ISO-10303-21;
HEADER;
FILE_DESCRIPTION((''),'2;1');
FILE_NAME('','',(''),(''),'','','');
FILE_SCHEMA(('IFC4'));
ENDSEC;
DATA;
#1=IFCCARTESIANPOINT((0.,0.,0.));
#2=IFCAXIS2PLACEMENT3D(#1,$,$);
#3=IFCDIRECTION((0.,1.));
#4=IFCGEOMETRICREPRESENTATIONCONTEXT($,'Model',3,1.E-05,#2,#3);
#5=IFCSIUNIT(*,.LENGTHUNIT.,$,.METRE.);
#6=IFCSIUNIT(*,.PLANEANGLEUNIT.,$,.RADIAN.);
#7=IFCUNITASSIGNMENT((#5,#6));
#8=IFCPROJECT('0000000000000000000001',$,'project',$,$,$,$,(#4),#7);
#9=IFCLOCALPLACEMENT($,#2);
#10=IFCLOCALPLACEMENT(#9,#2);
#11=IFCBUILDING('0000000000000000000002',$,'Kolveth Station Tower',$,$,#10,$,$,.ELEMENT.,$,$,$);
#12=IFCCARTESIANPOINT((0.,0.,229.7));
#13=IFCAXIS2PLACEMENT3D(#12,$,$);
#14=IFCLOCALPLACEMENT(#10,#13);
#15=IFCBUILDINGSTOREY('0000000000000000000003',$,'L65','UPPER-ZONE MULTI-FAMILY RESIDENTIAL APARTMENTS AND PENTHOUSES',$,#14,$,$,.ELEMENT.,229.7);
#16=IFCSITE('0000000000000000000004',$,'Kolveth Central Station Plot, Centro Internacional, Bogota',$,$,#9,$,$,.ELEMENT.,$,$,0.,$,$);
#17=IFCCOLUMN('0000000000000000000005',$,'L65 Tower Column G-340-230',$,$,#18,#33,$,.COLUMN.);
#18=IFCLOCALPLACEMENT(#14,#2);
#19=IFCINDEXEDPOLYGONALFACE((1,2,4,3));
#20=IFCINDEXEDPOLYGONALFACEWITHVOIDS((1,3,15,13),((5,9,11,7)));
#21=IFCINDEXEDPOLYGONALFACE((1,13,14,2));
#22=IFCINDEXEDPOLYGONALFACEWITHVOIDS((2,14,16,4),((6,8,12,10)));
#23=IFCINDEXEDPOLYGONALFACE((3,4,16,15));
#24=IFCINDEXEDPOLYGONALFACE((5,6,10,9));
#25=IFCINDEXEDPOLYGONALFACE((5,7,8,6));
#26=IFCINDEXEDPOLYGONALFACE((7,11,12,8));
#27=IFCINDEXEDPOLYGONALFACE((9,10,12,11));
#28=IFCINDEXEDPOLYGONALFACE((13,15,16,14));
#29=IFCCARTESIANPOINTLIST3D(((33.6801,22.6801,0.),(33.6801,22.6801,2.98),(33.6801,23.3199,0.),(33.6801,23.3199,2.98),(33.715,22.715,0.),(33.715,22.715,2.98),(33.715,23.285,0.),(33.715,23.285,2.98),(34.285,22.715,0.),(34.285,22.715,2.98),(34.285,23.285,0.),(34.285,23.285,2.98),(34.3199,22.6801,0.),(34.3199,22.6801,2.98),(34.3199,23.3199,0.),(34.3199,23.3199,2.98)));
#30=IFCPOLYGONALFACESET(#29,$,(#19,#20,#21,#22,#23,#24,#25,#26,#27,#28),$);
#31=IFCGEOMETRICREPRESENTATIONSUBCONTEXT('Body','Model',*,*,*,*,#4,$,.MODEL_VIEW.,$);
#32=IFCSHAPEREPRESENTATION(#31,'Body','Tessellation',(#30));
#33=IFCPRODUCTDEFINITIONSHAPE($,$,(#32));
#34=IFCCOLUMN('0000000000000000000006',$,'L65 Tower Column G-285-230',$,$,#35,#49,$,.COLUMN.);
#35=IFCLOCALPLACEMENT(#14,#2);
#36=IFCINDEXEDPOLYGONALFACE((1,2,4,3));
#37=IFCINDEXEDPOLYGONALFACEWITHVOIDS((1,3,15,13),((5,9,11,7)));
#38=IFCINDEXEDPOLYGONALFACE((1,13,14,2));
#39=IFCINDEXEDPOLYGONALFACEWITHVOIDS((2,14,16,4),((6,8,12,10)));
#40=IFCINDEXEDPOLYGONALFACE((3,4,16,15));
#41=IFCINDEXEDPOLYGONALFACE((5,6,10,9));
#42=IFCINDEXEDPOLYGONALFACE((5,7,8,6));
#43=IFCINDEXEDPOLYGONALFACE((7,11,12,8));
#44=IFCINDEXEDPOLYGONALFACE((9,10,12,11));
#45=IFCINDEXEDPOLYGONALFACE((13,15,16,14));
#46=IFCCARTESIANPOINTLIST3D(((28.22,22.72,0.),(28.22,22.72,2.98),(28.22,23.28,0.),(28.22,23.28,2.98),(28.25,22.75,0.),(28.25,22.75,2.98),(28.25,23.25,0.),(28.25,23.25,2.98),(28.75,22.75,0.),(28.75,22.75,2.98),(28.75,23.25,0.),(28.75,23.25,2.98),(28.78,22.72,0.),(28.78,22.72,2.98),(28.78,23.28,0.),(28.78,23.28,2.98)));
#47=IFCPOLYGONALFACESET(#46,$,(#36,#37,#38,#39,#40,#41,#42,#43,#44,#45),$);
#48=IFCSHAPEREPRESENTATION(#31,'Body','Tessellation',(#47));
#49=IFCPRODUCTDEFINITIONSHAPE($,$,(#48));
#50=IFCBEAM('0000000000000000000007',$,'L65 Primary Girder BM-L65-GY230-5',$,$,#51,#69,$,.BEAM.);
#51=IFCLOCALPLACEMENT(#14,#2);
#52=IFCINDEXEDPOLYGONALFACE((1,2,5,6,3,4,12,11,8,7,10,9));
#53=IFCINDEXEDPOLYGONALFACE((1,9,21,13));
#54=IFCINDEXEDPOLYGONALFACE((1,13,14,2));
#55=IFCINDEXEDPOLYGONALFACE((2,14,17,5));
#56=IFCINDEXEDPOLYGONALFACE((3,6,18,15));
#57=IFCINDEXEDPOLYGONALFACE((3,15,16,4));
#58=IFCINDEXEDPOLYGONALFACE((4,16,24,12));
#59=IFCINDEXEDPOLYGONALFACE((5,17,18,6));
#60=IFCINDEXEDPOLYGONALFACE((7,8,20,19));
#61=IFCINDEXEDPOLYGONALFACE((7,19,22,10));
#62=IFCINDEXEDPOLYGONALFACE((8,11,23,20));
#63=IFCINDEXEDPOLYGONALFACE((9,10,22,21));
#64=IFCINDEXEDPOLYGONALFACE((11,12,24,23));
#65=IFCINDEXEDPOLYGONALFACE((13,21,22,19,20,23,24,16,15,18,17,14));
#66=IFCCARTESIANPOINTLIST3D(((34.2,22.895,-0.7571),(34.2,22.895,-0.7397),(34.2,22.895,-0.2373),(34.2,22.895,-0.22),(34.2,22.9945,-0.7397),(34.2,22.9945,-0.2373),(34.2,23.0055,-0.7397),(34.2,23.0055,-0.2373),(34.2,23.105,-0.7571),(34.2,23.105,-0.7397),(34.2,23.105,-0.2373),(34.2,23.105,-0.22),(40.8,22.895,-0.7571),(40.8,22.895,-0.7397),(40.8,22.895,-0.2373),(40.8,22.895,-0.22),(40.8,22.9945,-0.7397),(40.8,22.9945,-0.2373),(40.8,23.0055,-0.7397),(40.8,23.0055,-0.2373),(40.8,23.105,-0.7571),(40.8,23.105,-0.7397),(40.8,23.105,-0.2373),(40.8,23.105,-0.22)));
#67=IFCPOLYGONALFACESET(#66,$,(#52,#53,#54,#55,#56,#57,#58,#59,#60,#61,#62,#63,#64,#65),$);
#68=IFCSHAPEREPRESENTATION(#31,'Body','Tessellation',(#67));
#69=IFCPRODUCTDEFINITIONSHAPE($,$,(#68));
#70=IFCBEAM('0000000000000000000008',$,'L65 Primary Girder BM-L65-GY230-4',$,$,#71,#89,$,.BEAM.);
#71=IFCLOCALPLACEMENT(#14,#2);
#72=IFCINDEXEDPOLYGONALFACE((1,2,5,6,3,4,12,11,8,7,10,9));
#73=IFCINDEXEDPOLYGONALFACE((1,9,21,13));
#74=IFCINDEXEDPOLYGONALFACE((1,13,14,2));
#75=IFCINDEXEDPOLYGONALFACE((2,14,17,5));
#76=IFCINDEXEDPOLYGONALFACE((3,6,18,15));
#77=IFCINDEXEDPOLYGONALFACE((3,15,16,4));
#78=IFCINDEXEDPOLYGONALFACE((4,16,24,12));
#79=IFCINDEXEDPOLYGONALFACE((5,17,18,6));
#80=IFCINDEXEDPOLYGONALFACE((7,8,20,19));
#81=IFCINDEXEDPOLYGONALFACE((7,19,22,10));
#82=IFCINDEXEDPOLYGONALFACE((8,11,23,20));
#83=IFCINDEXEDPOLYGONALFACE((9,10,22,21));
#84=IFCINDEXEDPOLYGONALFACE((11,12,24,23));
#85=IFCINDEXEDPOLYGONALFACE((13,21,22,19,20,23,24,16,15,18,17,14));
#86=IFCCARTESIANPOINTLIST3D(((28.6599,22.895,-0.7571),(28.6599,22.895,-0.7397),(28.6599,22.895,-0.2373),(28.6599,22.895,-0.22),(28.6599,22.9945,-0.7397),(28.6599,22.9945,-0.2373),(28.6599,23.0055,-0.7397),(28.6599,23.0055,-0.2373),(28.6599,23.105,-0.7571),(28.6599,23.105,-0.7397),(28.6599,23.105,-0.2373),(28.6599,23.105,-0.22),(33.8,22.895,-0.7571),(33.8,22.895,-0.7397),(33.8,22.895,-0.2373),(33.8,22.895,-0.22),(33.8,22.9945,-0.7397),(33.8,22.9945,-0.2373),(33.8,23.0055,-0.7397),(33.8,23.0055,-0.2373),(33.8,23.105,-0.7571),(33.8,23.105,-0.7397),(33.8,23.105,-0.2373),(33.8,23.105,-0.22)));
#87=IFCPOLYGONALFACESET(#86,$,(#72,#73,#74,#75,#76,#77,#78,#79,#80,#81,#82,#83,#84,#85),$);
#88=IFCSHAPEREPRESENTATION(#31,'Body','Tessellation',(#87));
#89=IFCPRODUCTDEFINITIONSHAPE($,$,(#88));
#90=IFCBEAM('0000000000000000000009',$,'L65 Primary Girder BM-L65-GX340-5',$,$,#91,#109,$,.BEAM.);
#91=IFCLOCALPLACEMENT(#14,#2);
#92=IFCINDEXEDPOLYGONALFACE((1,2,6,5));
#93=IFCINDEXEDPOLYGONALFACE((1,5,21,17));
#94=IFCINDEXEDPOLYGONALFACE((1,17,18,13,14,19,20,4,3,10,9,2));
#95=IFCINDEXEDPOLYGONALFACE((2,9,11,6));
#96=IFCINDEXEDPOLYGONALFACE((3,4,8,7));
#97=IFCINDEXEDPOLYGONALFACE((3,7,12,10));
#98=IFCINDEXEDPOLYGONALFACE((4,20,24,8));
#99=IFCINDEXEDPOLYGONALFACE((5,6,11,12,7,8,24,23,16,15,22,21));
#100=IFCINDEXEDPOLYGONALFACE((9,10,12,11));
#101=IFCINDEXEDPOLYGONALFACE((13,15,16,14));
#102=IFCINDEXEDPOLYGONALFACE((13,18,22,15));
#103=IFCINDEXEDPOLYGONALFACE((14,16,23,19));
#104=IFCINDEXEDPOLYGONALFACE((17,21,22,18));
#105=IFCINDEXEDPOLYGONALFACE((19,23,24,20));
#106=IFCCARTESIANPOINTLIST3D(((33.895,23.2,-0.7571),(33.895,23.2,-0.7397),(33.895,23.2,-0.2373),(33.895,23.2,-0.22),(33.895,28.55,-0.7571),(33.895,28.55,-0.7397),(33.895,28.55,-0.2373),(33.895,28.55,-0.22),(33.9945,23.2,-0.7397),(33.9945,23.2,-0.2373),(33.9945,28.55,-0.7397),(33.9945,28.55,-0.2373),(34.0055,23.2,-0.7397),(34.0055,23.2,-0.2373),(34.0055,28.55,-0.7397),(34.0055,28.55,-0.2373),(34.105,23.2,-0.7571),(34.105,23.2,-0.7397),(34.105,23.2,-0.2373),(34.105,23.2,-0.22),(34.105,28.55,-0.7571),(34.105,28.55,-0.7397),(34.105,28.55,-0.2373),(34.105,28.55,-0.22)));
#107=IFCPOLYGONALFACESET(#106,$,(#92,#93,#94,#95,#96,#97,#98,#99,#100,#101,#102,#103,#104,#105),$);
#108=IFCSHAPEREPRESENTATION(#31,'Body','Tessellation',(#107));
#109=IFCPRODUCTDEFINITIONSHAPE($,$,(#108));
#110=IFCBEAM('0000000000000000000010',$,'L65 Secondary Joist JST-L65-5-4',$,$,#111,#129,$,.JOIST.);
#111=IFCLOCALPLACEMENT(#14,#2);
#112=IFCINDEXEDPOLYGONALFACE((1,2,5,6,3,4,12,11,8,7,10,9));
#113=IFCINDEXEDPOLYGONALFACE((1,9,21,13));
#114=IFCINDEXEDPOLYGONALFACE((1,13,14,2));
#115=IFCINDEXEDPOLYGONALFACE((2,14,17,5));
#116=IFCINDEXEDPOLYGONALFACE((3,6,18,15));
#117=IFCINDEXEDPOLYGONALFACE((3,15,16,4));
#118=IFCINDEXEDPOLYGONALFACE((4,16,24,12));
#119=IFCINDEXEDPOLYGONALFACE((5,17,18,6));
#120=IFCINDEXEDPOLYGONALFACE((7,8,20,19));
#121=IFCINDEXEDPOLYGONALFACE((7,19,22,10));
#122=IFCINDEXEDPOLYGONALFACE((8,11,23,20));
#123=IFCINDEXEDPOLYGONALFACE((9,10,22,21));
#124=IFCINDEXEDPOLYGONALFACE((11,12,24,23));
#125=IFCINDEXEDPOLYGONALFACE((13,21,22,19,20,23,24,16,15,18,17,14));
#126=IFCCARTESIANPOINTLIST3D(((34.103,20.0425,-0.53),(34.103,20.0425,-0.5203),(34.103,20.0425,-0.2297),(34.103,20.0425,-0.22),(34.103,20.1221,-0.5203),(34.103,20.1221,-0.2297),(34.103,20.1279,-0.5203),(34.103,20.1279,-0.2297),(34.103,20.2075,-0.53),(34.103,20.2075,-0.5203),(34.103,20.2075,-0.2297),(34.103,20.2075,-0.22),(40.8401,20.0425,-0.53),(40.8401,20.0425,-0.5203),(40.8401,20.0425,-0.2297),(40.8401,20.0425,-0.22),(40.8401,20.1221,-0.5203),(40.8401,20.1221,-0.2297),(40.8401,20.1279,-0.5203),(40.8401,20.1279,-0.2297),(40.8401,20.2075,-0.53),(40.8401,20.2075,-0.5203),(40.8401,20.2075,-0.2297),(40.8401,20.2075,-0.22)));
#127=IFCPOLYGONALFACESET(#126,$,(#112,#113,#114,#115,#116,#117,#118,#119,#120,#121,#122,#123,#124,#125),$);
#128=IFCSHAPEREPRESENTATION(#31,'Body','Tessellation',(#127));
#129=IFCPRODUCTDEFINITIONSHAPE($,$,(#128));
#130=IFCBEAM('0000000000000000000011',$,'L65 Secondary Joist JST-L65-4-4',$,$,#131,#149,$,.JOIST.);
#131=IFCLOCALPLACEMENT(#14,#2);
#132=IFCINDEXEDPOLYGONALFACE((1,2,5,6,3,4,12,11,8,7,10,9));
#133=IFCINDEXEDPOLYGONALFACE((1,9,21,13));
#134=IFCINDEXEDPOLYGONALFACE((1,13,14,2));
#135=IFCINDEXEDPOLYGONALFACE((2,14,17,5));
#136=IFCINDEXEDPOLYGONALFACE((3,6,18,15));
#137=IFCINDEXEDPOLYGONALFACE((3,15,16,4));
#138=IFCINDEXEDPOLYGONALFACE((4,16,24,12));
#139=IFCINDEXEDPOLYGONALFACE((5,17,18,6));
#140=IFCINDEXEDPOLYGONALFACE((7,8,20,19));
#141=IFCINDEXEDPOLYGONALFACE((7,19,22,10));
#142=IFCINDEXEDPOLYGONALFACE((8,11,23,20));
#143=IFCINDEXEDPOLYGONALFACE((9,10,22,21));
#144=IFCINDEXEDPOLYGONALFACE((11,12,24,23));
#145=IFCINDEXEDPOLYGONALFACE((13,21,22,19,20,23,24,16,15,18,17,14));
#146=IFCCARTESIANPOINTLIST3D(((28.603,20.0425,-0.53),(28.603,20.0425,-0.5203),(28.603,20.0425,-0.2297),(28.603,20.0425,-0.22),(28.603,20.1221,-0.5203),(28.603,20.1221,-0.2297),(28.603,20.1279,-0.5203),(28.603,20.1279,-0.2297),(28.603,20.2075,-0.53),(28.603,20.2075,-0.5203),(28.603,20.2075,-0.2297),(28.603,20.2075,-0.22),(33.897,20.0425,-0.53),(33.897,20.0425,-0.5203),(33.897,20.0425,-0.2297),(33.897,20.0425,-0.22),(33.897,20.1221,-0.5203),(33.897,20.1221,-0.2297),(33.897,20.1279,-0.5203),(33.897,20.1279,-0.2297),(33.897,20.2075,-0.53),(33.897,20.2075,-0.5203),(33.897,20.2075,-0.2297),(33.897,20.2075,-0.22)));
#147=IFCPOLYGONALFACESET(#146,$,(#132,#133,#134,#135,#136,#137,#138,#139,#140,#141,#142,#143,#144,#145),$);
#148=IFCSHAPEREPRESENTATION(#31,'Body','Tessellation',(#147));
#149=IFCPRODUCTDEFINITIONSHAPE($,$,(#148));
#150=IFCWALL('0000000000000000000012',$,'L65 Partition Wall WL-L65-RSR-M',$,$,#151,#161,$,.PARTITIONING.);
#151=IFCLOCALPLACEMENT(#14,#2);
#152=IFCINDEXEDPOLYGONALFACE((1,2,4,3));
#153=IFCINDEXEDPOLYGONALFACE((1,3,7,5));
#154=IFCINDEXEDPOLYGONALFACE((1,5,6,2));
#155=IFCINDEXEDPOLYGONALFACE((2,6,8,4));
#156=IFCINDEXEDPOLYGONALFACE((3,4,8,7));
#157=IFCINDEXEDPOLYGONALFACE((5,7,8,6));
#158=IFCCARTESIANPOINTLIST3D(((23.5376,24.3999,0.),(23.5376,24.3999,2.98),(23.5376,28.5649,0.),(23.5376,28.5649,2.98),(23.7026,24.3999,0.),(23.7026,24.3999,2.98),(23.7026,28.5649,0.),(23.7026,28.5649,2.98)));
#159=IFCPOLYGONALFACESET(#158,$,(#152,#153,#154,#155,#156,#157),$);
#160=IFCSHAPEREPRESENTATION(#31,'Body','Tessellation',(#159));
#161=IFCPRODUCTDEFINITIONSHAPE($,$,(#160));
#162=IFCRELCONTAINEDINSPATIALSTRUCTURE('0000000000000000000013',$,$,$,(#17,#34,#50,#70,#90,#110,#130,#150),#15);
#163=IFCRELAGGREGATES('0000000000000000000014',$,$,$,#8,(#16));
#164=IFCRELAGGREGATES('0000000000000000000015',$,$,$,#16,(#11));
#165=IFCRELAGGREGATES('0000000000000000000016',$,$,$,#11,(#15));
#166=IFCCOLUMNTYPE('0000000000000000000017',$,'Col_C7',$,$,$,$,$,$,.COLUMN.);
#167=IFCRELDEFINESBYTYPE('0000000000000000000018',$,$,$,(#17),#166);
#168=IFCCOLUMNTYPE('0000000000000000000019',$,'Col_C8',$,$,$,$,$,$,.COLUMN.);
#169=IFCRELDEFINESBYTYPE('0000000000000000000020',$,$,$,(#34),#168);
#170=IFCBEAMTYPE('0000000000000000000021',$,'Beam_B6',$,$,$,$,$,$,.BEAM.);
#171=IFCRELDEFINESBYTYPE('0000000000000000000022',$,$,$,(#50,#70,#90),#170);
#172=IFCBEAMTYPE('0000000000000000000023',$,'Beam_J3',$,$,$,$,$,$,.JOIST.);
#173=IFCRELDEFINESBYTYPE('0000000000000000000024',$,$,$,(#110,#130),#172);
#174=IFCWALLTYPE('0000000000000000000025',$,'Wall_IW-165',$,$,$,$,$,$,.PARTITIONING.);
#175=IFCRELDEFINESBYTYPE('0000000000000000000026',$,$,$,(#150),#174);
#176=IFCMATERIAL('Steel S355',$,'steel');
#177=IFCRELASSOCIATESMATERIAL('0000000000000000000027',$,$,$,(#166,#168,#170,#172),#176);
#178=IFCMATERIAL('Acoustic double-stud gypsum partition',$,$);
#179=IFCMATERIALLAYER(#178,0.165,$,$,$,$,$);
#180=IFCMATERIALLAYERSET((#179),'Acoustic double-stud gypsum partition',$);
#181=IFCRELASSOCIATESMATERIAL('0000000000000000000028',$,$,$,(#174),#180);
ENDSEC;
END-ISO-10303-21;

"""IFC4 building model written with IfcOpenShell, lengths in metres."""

from ifc_helpers import new_model, si_unit, direction, frame, frame_2d, origin, origin_2d, place, context, subcontext, project, spatial, rectangle, hollow_rectangle, i_section, extrude, source, transform, mapped, material, layer, layer_set, material_profile, profile_set, type_object, element, save


model = new_model("IFC4")

# Units and contexts
model_context = context("Model", 3, precision=1e-05, world=origin(), true_north=direction((0.0, 1.0)))
body_context = subcontext(model_context, "Body", "Model", "MODEL_VIEW")
ifc_project = project(units=[si_unit("LENGTHUNIT", "METRE"), si_unit("PLANEANGLEUNIT", "RADIAN")], contexts=[model_context])

# Site, building, storey
site_placement = place(None, origin())
site = spatial("IfcSite", under=ifc_project, at=site_placement, Name="Kolveth Central Station Plot, Centro Internacional, Bogota", CompositionType="ELEMENT", RefElevation=0.0)
building_placement = place(site_placement, origin())
building = spatial("IfcBuilding", under=site, at=building_placement, Name="Kolveth Station Tower", CompositionType="ELEMENT")
storey_placement = place(building_placement, frame((0.0, 0.0, 229.7)))
storey = spatial("IfcBuildingStorey", under=building, at=storey_placement, Name="L65", Description="UPPER-ZONE MULTI-FAMILY RESIDENTIAL APARTMENTS AND PENTHOUSES", CompositionType="ELEMENT", Elevation=229.7)

# Columns
ifc_material_1 = material(Name="Steel S355", Category="steel")
ifc_material_profile_1 = material_profile(ifc_material_1, hollow_rectangle(XDim=0.6399, YDim=0.6399, WallThickness=0.0349, at=origin_2d()), Name="BOX640x640x35")
ifc_profile_set_1 = profile_set([ifc_material_profile_1], Name="Steel S355")
column_type_1 = type_object("IfcColumnType", Name="Col_C7", PredefinedType="COLUMN", material=ifc_profile_set_1)
shared_shape_1 = source(origin(), body_context, "Body", "SweptSolid", [
    extrude(hollow_rectangle(XDim=0.6399, YDim=0.6399, WallThickness=0.0349, at=origin_2d()), origin(), (0.0, 0.0, 1.0), 2.98),
])
column_1_placement = place(storey_placement, frame((34.0, 23.0, 0.0), z_axis=(0.0, 0.0, 1.0), x_axis=(1.0, 0.0, 0.0)))
element("IfcColumn", 1, at=column_1_placement, inside=storey, type_object=column_type_1, Name="L65 Tower Column G-340-230", PredefinedType="COLUMN", context=body_context, shape_type="MappedRepresentation", body=[
    mapped(shared_shape_1, transform((0.0, 0.0, 0.0), x_axis=(1.0, 0.0, 0.0), y_axis=(0.0, 1.0, 0.0), z_axis=(0.0, 0.0, 1.0), scale=1.0)),
])
ifc_material_profile_2 = material_profile(ifc_material_1, hollow_rectangle(XDim=0.5601, YDim=0.5601, WallThickness=0.03, at=origin_2d()), Name="BOX560x560x30")
ifc_profile_set_2 = profile_set([ifc_material_profile_2], Name="Steel S355")
column_type_2 = type_object("IfcColumnType", Name="Col_C8", PredefinedType="COLUMN", material=ifc_profile_set_2)
shared_shape_2 = source(origin(), body_context, "Body", "SweptSolid", [
    extrude(hollow_rectangle(XDim=0.5601, YDim=0.5601, WallThickness=0.03, at=origin_2d()), origin(), (0.0, 0.0, 1.0), 2.98),
])
column_2_placement = place(storey_placement, frame((28.5, 23.0, 0.0), z_axis=(0.0, 0.0, 1.0), x_axis=(1.0, 0.0, 0.0)))
element("IfcColumn", 2, at=column_2_placement, inside=storey, type_object=column_type_2, Name="L65 Tower Column G-285-230", PredefinedType="COLUMN", context=body_context, shape_type="MappedRepresentation", body=[
    mapped(shared_shape_2, transform((0.0, 0.0, 0.0), x_axis=(1.0, 0.0, 0.0), y_axis=(0.0, 1.0, 0.0), z_axis=(0.0, 0.0, 1.0), scale=1.0)),
])

# Beams
ifc_material_profile_3 = material_profile(ifc_material_1, i_section(OverallWidth=0.21, OverallDepth=0.5371, WebThickness=0.011, FlangeThickness=0.0173, at=origin_2d()), Name="W530x101")
ifc_profile_set_3 = profile_set([ifc_material_profile_3], Name="Steel S355")
beam_type_1 = type_object("IfcBeamType", Name="Beam_B6", PredefinedType="BEAM", material=ifc_profile_set_3)
shared_shape_3 = source(origin(), body_context, "Body", "SweptSolid", [
    extrude(i_section(OverallWidth=0.21, OverallDepth=0.5371, WebThickness=0.011, FlangeThickness=0.0173, at=origin_2d()), origin(), (0.0, 0.0, 1.0), 6.6001),
])
beam_1_placement = place(storey_placement, frame((34.2, 23.0, -0.4885), z_axis=(1.0, 0.0, 0.0), x_axis=(0.0, 1.0, 0.0)))
element("IfcBeam", 3, at=beam_1_placement, inside=storey, type_object=beam_type_1, Name="L65 Primary Girder BM-L65-GY230-5", PredefinedType="BEAM", context=body_context, shape_type="MappedRepresentation", body=[
    mapped(shared_shape_3, transform((0.0, 0.0, 0.0), x_axis=(1.0, 0.0, 0.0), y_axis=(0.0, 1.0, 0.0), z_axis=(0.0, 0.0, 1.0), scale=1.0)),
])
shared_shape_4 = source(origin(), body_context, "Body", "SweptSolid", [
    extrude(i_section(OverallWidth=0.21, OverallDepth=0.5371, WebThickness=0.011, FlangeThickness=0.0173, at=origin_2d()), origin(), (0.0, 0.0, 1.0), 5.1401),
])
beam_2_placement = place(storey_placement, frame((28.6599, 23.0, -0.4885), z_axis=(1.0, 0.0, 0.0), x_axis=(0.0, 1.0, 0.0)))
element("IfcBeam", 4, at=beam_2_placement, inside=storey, type_object=beam_type_1, Name="L65 Primary Girder BM-L65-GY230-4", PredefinedType="BEAM", context=body_context, shape_type="MappedRepresentation", body=[
    mapped(shared_shape_4, transform((0.0, 0.0, 0.0), x_axis=(1.0, 0.0, 0.0), y_axis=(0.0, 1.0, 0.0), z_axis=(0.0, 0.0, 1.0), scale=1.0)),
])
shared_shape_5 = source(origin(), body_context, "Body", "SweptSolid", [
    extrude(i_section(OverallWidth=0.21, OverallDepth=0.5371, WebThickness=0.011, FlangeThickness=0.0173, at=origin_2d()), origin(), (0.0, 0.0, 1.0), 5.3501),
])
beam_3_placement = place(storey_placement, frame((34.0, 23.2, -0.4885), z_axis=(0.0, 1.0, 0.0), x_axis=(-1.0, 0.0, 0.0)))
element("IfcBeam", 5, at=beam_3_placement, inside=storey, type_object=beam_type_1, Name="L65 Primary Girder BM-L65-GX340-5", PredefinedType="BEAM", context=body_context, shape_type="MappedRepresentation", body=[
    mapped(shared_shape_5, transform((0.0, 0.0, 0.0), x_axis=(1.0, 0.0, 0.0), y_axis=(0.0, 1.0, 0.0), z_axis=(0.0, 0.0, 1.0), scale=1.0)),
])
ifc_material_profile_4 = material_profile(ifc_material_1, i_section(OverallWidth=0.165, OverallDepth=0.3101, WebThickness=0.0059, FlangeThickness=0.0098, at=origin_2d()), Name="W310x39")
ifc_profile_set_4 = profile_set([ifc_material_profile_4], Name="Steel S355")
beam_type_2 = type_object("IfcBeamType", Name="Beam_J3", PredefinedType="JOIST", material=ifc_profile_set_4)
shared_shape_6 = source(origin(), body_context, "Body", "SweptSolid", [
    extrude(i_section(OverallWidth=0.165, OverallDepth=0.3101, WebThickness=0.0059, FlangeThickness=0.0098, at=origin_2d()), origin(), (0.0, 0.0, 1.0), 6.7371),
])
beam_4_placement = place(storey_placement, frame((34.103, 20.125, -0.375), z_axis=(1.0, 0.0, 0.0), x_axis=(0.0, 1.0, 0.0)))
element("IfcBeam", 6, at=beam_4_placement, inside=storey, type_object=beam_type_2, Name="L65 Secondary Joist JST-L65-5-4", PredefinedType="JOIST", context=body_context, shape_type="MappedRepresentation", body=[
    mapped(shared_shape_6, transform((0.0, 0.0, 0.0), x_axis=(1.0, 0.0, 0.0), y_axis=(0.0, 1.0, 0.0), z_axis=(0.0, 0.0, 1.0), scale=1.0)),
])
shared_shape_7 = source(origin(), body_context, "Body", "SweptSolid", [
    extrude(i_section(OverallWidth=0.165, OverallDepth=0.3101, WebThickness=0.0059, FlangeThickness=0.0098, at=origin_2d()), origin(), (0.0, 0.0, 1.0), 5.2939),
])
beam_5_placement = place(storey_placement, frame((28.603, 20.125, -0.375), z_axis=(1.0, 0.0, 0.0), x_axis=(0.0, 1.0, 0.0)))
element("IfcBeam", 7, at=beam_5_placement, inside=storey, type_object=beam_type_2, Name="L65 Secondary Joist JST-L65-4-4", PredefinedType="JOIST", context=body_context, shape_type="MappedRepresentation", body=[
    mapped(shared_shape_7, transform((0.0, 0.0, 0.0), x_axis=(1.0, 0.0, 0.0), y_axis=(0.0, 1.0, 0.0), z_axis=(0.0, 0.0, 1.0), scale=1.0)),
])

# Wall
ifc_material_2 = material(Name="Acoustic double-stud gypsum partition")
ifc_layer_1 = layer(ifc_material_2, 0.165)
ifc_layer_set_1 = layer_set([ifc_layer_1], Name="Acoustic double-stud gypsum partition")
wall_type_1 = type_object("IfcWallType", Name="Wall_IW-165", PredefinedType="PARTITIONING", material=ifc_layer_set_1)
wall_1_placement = place(storey_placement, frame((23.6201, 24.3999, 0.0), z_axis=(0.0, 0.0, 1.0), x_axis=(0.0, 1.0, 0.0)))
element("IfcWall", 8, at=wall_1_placement, inside=storey, type_object=wall_type_1, Name="L65 Partition Wall WL-L65-RSR-M", PredefinedType="PARTITIONING", context=body_context, shape_type="SweptSolid", body=[
    extrude(rectangle(XDim=4.165, YDim=0.165, at=frame_2d((2.0825, 0.0))), origin(), (0.0, 0.0, 1.0), 2.98),
])

save(model, "model.ifc")
